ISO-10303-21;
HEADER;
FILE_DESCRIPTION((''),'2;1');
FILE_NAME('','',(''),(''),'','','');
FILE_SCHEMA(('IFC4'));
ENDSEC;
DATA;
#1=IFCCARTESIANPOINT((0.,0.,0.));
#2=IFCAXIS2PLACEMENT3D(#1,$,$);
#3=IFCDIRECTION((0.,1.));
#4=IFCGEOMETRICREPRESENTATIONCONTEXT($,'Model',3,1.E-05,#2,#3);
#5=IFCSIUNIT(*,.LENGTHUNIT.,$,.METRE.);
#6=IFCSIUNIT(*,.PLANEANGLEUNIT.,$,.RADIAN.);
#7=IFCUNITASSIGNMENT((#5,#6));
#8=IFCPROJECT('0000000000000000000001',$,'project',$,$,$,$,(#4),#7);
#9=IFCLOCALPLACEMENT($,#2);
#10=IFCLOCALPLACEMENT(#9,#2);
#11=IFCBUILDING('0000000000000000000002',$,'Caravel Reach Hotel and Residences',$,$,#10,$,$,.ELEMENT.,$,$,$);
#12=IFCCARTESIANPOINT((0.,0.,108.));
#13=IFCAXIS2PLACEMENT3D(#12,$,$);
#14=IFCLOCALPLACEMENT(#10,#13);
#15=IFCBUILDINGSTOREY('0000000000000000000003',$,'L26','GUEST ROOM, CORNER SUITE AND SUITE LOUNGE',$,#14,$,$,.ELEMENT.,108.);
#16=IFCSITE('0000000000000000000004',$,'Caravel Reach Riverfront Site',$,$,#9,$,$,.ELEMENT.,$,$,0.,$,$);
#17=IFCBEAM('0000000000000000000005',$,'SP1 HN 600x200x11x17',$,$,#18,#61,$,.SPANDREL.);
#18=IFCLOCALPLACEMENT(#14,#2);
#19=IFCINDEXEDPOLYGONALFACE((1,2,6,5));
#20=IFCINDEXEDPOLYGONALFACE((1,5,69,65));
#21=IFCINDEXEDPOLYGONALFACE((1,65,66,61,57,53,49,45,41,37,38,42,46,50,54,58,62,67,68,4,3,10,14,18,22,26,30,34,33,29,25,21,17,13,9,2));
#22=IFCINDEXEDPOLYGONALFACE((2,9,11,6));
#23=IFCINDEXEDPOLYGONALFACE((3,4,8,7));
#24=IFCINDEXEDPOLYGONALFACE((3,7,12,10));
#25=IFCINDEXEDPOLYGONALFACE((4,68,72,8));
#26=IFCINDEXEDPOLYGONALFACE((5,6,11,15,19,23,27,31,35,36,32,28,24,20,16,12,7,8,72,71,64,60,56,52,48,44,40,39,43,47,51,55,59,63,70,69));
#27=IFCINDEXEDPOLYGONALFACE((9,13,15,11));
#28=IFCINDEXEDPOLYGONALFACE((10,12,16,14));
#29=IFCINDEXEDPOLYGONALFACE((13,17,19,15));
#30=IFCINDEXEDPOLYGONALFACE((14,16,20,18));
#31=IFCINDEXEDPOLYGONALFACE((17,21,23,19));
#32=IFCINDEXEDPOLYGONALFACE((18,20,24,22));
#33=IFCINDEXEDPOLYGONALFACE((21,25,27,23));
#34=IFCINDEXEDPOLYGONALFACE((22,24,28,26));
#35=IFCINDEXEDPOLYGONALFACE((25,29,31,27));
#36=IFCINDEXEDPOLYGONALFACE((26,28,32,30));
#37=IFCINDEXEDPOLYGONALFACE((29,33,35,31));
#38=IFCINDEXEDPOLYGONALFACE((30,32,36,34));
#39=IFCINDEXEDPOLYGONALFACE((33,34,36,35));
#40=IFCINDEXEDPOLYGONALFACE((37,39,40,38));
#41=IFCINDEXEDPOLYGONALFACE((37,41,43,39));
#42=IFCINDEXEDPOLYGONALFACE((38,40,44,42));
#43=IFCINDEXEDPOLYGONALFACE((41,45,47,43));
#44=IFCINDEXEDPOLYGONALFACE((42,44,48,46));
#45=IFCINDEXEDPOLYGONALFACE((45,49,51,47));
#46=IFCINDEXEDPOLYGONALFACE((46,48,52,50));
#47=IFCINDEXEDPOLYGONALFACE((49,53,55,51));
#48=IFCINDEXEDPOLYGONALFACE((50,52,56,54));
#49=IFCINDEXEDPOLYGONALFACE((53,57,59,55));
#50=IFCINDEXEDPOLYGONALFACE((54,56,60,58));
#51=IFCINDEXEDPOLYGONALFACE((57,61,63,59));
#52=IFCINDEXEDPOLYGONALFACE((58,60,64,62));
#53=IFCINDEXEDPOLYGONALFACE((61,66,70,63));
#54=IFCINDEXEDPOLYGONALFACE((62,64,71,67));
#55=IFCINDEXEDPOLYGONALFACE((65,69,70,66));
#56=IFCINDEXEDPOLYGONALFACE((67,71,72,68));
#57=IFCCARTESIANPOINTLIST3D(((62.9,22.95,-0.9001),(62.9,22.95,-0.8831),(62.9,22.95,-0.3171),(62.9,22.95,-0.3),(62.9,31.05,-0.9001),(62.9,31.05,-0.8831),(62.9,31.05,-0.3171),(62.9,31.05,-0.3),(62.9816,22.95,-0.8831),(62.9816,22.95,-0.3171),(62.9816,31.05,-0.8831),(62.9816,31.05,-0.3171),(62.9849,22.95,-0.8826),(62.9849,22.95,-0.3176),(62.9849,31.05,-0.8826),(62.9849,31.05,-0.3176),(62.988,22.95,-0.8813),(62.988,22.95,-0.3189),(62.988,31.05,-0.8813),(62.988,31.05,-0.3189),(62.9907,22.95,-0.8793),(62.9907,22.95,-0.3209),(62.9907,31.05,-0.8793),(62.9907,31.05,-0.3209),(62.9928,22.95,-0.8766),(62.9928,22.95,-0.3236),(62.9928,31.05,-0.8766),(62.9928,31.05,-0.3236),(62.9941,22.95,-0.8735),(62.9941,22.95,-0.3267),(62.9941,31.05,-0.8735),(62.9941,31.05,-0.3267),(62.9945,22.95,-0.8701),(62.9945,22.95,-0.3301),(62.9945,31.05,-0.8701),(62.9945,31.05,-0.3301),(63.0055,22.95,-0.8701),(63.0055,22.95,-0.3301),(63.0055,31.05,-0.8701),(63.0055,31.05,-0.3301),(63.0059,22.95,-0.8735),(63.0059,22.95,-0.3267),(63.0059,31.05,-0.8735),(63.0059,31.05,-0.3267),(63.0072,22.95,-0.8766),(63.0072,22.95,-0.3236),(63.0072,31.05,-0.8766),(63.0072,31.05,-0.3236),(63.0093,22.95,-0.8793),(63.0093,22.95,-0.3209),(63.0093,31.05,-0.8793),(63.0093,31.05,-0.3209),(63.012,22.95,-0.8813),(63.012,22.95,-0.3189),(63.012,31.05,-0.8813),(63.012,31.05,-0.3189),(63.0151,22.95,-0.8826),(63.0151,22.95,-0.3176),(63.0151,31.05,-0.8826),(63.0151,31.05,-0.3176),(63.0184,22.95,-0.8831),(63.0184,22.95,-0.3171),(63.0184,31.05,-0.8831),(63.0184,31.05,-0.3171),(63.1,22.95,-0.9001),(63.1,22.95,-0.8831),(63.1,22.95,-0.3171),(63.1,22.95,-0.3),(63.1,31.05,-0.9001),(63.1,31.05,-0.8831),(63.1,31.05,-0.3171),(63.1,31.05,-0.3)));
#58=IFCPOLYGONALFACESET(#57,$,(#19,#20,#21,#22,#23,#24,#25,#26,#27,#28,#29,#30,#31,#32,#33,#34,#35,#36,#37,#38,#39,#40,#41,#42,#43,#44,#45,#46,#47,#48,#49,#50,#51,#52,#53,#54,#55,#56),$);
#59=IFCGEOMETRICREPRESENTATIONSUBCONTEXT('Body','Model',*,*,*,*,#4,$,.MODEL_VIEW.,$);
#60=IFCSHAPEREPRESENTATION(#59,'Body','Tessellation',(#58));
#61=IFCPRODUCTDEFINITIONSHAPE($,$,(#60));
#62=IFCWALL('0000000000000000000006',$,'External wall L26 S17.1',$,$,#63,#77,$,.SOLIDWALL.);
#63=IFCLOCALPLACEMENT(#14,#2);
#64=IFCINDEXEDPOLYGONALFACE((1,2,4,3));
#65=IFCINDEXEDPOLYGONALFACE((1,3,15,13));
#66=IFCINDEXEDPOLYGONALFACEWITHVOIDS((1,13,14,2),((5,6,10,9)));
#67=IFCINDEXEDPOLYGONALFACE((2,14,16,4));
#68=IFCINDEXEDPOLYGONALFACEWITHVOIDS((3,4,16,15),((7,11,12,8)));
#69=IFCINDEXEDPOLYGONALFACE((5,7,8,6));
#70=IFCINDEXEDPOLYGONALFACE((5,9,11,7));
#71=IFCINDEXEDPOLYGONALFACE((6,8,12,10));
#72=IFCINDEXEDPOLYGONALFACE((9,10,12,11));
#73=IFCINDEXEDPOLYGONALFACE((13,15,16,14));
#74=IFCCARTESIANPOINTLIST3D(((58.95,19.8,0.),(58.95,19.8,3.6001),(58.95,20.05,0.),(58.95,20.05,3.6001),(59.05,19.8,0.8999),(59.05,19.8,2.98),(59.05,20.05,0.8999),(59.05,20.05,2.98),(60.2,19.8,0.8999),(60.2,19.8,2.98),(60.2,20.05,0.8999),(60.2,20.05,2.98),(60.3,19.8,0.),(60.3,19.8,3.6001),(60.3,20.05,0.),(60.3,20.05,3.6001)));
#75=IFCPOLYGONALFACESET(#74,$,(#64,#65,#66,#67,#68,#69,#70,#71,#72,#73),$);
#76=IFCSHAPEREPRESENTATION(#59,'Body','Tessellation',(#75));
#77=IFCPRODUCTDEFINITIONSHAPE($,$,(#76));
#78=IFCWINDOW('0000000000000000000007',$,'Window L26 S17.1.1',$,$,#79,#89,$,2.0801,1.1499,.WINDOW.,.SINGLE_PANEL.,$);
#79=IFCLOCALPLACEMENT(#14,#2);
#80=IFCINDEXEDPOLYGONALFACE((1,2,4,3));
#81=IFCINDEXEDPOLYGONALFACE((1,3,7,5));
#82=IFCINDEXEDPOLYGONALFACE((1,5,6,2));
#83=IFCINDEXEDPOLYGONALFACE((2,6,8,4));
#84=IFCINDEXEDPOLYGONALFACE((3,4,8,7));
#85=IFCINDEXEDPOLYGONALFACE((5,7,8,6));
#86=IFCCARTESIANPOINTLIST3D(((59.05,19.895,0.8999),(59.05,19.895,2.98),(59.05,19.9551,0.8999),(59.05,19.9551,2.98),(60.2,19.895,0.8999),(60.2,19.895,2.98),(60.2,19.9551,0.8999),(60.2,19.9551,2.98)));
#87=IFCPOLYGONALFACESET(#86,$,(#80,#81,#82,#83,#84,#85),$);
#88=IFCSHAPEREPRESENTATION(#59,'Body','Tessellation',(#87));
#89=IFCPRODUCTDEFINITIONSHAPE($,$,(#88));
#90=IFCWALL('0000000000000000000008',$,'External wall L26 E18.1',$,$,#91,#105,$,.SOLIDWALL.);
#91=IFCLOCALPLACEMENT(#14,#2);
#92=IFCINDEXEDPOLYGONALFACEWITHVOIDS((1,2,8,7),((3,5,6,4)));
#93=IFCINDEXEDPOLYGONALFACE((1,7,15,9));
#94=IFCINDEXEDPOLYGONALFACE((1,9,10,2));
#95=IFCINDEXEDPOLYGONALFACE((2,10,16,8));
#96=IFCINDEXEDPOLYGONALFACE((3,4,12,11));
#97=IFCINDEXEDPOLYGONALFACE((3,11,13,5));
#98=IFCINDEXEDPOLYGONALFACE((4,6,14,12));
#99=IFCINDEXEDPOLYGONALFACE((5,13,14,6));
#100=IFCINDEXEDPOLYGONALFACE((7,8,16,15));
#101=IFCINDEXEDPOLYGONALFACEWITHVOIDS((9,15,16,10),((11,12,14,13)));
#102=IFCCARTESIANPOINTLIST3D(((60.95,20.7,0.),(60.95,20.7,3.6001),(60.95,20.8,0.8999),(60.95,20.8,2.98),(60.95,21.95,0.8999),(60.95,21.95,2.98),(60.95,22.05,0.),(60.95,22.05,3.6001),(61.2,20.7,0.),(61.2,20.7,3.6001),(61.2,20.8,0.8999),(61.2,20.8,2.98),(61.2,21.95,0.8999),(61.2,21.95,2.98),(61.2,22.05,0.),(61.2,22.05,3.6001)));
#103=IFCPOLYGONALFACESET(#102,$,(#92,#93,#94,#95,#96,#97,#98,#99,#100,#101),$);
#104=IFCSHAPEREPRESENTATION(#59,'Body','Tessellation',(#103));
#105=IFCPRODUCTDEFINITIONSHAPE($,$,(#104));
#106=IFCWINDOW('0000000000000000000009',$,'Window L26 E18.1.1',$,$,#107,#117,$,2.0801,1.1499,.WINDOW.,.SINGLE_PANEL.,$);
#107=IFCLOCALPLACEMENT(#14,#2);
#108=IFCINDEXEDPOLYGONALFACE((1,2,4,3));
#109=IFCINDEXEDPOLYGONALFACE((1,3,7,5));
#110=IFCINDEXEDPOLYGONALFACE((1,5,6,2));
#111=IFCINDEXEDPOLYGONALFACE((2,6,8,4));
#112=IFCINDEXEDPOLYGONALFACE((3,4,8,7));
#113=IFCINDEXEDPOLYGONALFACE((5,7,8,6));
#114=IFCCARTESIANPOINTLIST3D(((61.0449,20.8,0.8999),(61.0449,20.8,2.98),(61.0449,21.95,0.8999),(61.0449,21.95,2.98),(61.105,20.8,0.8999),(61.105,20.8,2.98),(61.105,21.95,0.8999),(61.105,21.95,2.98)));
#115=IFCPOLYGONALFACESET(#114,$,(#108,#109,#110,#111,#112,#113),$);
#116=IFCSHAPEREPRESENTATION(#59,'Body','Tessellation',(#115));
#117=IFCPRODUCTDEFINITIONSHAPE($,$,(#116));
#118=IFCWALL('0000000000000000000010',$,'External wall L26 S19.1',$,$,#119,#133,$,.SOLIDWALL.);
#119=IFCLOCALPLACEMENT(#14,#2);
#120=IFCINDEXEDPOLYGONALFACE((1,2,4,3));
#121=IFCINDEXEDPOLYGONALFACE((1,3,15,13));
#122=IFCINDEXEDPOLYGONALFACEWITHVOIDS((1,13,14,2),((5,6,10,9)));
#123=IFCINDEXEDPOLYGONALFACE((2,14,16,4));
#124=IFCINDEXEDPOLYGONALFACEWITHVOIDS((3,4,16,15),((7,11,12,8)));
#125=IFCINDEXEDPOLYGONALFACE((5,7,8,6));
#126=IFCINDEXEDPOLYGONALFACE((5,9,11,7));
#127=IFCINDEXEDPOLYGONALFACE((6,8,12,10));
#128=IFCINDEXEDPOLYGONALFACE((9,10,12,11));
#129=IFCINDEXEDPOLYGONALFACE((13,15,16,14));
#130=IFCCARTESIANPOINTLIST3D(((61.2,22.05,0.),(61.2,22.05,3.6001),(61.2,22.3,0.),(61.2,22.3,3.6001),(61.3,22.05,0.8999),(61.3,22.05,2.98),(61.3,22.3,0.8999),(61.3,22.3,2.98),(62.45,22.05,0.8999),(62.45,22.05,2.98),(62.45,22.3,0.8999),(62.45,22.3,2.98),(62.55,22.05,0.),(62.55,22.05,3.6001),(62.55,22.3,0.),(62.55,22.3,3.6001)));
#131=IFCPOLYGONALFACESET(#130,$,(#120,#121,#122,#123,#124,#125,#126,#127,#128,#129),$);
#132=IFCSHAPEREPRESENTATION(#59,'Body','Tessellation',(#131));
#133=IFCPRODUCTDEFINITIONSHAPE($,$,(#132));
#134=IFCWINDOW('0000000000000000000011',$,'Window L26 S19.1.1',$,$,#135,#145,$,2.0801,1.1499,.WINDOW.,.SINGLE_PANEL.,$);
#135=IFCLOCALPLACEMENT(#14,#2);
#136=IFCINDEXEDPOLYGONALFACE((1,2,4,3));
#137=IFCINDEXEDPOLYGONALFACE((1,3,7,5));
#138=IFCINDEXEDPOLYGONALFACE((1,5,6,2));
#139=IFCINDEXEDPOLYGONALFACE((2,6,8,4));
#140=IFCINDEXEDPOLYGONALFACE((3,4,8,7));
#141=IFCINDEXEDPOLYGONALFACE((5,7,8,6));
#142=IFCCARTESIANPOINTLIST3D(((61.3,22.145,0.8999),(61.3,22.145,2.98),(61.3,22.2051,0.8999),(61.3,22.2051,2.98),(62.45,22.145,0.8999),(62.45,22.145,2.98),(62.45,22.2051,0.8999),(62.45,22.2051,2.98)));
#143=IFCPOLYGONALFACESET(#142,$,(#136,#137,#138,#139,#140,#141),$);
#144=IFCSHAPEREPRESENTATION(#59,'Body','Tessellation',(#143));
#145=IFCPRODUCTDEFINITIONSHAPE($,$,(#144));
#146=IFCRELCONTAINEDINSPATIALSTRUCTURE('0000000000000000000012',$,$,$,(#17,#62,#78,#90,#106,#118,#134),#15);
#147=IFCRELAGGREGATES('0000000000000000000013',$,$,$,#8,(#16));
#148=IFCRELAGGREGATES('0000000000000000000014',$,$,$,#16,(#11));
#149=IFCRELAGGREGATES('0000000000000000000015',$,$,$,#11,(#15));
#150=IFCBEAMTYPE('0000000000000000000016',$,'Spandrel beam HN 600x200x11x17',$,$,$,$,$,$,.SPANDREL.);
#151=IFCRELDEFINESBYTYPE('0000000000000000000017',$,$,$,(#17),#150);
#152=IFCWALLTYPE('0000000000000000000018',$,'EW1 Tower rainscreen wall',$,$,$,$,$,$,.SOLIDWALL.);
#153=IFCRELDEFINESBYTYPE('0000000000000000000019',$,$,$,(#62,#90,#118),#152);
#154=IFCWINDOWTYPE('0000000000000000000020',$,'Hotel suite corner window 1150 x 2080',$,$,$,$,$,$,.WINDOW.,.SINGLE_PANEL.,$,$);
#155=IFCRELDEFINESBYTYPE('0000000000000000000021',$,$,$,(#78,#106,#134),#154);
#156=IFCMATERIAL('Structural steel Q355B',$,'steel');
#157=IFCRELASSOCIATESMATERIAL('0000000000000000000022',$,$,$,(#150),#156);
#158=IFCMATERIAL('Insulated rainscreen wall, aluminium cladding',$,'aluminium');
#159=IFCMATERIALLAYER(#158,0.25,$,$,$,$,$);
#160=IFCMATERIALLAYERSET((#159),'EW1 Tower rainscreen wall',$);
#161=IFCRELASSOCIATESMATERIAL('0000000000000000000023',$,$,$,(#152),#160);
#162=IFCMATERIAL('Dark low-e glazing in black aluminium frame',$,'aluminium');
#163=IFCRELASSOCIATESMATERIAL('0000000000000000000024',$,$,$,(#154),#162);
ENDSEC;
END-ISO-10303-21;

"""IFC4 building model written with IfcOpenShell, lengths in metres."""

from ifc_helpers import new_model, si_unit, direction, frame, frame_2d, origin, origin_2d, place, context, subcontext, project, spatial, rectangle, i_section, extrude, material, layer, layer_set, material_profile, profile_set, type_object, element, fill, save


model = new_model("IFC4")

# Units and contexts
model_context = context("Model", 3, precision=1e-05, world=origin(), true_north=direction((0.0, 1.0)))
body_context = subcontext(model_context, "Body", "Model", "MODEL_VIEW")
ifc_project = project(units=[si_unit("LENGTHUNIT", "METRE"), si_unit("PLANEANGLEUNIT", "RADIAN")], contexts=[model_context])

# Site, building, storey
site_placement = place(None, origin())
site = spatial("IfcSite", under=ifc_project, at=site_placement, Name="Caravel Reach Riverfront Site", CompositionType="ELEMENT", RefElevation=0.0)
building_placement = place(site_placement, origin())
building = spatial("IfcBuilding", under=site, at=building_placement, Name="Caravel Reach Hotel and Residences", CompositionType="ELEMENT")
storey_placement = place(building_placement, frame((0.0, 0.0, 108.0)))
storey = spatial("IfcBuildingStorey", under=building, at=storey_placement, Name="L26", Description="GUEST ROOM, CORNER SUITE AND SUITE LOUNGE", CompositionType="ELEMENT", Elevation=108.0)

# Beam
ifc_material_1 = material(Name="Structural steel Q355B", Category="steel")
ifc_material_profile_1 = material_profile(ifc_material_1, i_section(OverallWidth=0.2, OverallDepth=0.6001, WebThickness=0.011, FlangeThickness=0.0171, FilletRadius=0.0129, at=origin_2d()), Name="HN 600x200x11x17")
ifc_profile_set_1 = profile_set([ifc_material_profile_1], Name="Structural steel Q355B")
beam_type = type_object("IfcBeamType", Name="Spandrel beam HN 600x200x11x17", PredefinedType="SPANDREL", material=ifc_profile_set_1)
beam_placement = place(storey_placement, frame((63.0, 22.95, -0.6001), z_axis=(0.0, 1.0, 0.0), x_axis=(-1.0, 0.0, 0.0)))
element("IfcBeam", 1, at=beam_placement, inside=storey, type_object=beam_type, Name="SP1 HN 600x200x11x17", PredefinedType="SPANDREL", context=body_context, shape_type="SweptSolid", body=[
    extrude(i_section(OverallWidth=0.2, OverallDepth=0.6001, WebThickness=0.011, FlangeThickness=0.0171, FilletRadius=0.0129, at=origin_2d()), origin(), (0.0, 0.0, 1.0), 8.1001),
])

# Walls, openings, windows
ifc_material_2 = material(Name="Insulated rainscreen wall, aluminium cladding", Category="aluminium")
ifc_layer = layer(ifc_material_2, 0.25)
ifc_layer_set = layer_set([ifc_layer], Name="EW1 Tower rainscreen wall")
wall_type = type_object("IfcWallType", Name="EW1 Tower rainscreen wall", PredefinedType="SOLIDWALL", material=ifc_layer_set)
wall_1_placement = place(storey_placement, frame((58.95, 19.925, 0.0), z_axis=(0.0, 0.0, 1.0), x_axis=(1.0, 0.0, 0.0)))
wall_1 = element("IfcWall", 2, at=wall_1_placement, inside=storey, type_object=wall_type, Name="External wall L26 S17.1", PredefinedType="SOLIDWALL", context=body_context, shape_type="SweptSolid", body=[
    extrude(rectangle(XDim=1.3501, YDim=0.25, at=frame_2d((0.675, 0.0))), origin(), (0.0, 0.0, 1.0), 3.6001),
])
opening_1_placement = place(wall_1_placement, frame((0.1001, 0.0, 0.8999)))
opening_1 = element("IfcOpeningElement", 3, at=opening_1_placement, cuts=wall_1, PredefinedType="OPENING", context=body_context, shape_type="SweptSolid", body=[
    extrude(rectangle(XDim=1.1499, YDim=2.0801, at=frame_2d((0.575, 1.04))), frame((0.0, 0.135, 0.0), z_axis=(0.0, -1.0, 0.0), x_axis=(1.0, 0.0, 0.0)), (0.0, 0.0, 1.0), 0.27),
])
ifc_material_3 = material(Name="Dark low-e glazing in black aluminium frame", Category="aluminium")
window_type_1 = type_object("IfcWindowType", Name="Hotel suite corner window 1150 x 2080", PartitioningType="SINGLE_PANEL", PredefinedType="WINDOW", material=ifc_material_3)
window_1_placement = place(opening_1_placement, origin())
window_1 = element("IfcWindow", 4, at=window_1_placement, inside=storey, type_object=window_type_1, Name="Window L26 S17.1.1", OverallHeight=2.0801, OverallWidth=1.1499, PartitioningType="SINGLE_PANEL", PredefinedType="WINDOW", context=body_context, shape_type="SweptSolid", body=[
    extrude(rectangle(XDim=1.1499, YDim=2.0801, at=frame_2d((0.575, 1.04))), frame((0.0, 0.03, 0.0), z_axis=(0.0, -1.0, 0.0), x_axis=(1.0, 0.0, 0.0)), (0.0, 0.0, 1.0), 0.0601),
])
fill(opening_1, window_1)
wall_2_placement = place(storey_placement, frame((61.075, 20.7, 0.0), z_axis=(0.0, 0.0, 1.0), x_axis=(0.0, 1.0, 0.0)))
wall_2 = element("IfcWall", 5, at=wall_2_placement, inside=storey, type_object=wall_type, Name="External wall L26 E18.1", PredefinedType="SOLIDWALL", context=body_context, shape_type="SweptSolid", body=[
    extrude(rectangle(XDim=1.3501, YDim=0.25, at=frame_2d((0.675, 0.0))), origin(), (0.0, 0.0, 1.0), 3.6001),
])
opening_2_placement = place(wall_2_placement, frame((0.1001, 0.0, 0.8999)))
opening_2 = element("IfcOpeningElement", 6, at=opening_2_placement, cuts=wall_2, PredefinedType="OPENING", context=body_context, shape_type="SweptSolid", body=[
    extrude(rectangle(XDim=1.1499, YDim=2.0801, at=frame_2d((0.575, 1.04))), frame((0.0, 0.135, 0.0), z_axis=(0.0, -1.0, 0.0), x_axis=(1.0, 0.0, 0.0)), (0.0, 0.0, 1.0), 0.27),
])
window_2_placement = place(opening_2_placement, origin())
window_2 = element("IfcWindow", 7, at=window_2_placement, inside=storey, type_object=window_type_1, Name="Window L26 E18.1.1", OverallHeight=2.0801, OverallWidth=1.1499, PartitioningType="SINGLE_PANEL", PredefinedType="WINDOW", context=body_context, shape_type="SweptSolid", body=[
    extrude(rectangle(XDim=1.1499, YDim=2.0801, at=frame_2d((0.575, 1.04))), frame((0.0, 0.03, 0.0), z_axis=(0.0, -1.0, 0.0), x_axis=(1.0, 0.0, 0.0)), (0.0, 0.0, 1.0), 0.0601),
])
fill(opening_2, window_2)
wall_3_placement = place(storey_placement, frame((61.2, 22.175, 0.0), z_axis=(0.0, 0.0, 1.0), x_axis=(1.0, 0.0, 0.0)))
wall_3 = element("IfcWall", 8, at=wall_3_placement, inside=storey, type_object=wall_type, Name="External wall L26 S19.1", PredefinedType="SOLIDWALL", context=body_context, shape_type="SweptSolid", body=[
    extrude(rectangle(XDim=1.3501, YDim=0.25, at=frame_2d((0.675, 0.0))), origin(), (0.0, 0.0, 1.0), 3.6001),
])
opening_3_placement = place(wall_3_placement, frame((0.1001, 0.0, 0.8999)))
opening_3 = element("IfcOpeningElement", 9, at=opening_3_placement, cuts=wall_3, PredefinedType="OPENING", context=body_context, shape_type="SweptSolid", body=[
    extrude(rectangle(XDim=1.1499, YDim=2.0801, at=frame_2d((0.575, 1.04))), frame((0.0, 0.135, 0.0), z_axis=(0.0, -1.0, 0.0), x_axis=(1.0, 0.0, 0.0)), (0.0, 0.0, 1.0), 0.27),
])
window_3_placement = place(opening_3_placement, origin())
window_3 = element("IfcWindow", 10, at=window_3_placement, inside=storey, type_object=window_type_1, Name="Window L26 S19.1.1", OverallHeight=2.0801, OverallWidth=1.1499, PartitioningType="SINGLE_PANEL", PredefinedType="WINDOW", context=body_context, shape_type="SweptSolid", body=[
    extrude(rectangle(XDim=1.1499, YDim=2.0801, at=frame_2d((0.575, 1.04))), frame((0.0, 0.03, 0.0), z_axis=(0.0, -1.0, 0.0), x_axis=(1.0, 0.0, 0.0)), (0.0, 0.0, 1.0), 0.0601),
])
fill(opening_3, window_3)

save(model, "model.ifc")
